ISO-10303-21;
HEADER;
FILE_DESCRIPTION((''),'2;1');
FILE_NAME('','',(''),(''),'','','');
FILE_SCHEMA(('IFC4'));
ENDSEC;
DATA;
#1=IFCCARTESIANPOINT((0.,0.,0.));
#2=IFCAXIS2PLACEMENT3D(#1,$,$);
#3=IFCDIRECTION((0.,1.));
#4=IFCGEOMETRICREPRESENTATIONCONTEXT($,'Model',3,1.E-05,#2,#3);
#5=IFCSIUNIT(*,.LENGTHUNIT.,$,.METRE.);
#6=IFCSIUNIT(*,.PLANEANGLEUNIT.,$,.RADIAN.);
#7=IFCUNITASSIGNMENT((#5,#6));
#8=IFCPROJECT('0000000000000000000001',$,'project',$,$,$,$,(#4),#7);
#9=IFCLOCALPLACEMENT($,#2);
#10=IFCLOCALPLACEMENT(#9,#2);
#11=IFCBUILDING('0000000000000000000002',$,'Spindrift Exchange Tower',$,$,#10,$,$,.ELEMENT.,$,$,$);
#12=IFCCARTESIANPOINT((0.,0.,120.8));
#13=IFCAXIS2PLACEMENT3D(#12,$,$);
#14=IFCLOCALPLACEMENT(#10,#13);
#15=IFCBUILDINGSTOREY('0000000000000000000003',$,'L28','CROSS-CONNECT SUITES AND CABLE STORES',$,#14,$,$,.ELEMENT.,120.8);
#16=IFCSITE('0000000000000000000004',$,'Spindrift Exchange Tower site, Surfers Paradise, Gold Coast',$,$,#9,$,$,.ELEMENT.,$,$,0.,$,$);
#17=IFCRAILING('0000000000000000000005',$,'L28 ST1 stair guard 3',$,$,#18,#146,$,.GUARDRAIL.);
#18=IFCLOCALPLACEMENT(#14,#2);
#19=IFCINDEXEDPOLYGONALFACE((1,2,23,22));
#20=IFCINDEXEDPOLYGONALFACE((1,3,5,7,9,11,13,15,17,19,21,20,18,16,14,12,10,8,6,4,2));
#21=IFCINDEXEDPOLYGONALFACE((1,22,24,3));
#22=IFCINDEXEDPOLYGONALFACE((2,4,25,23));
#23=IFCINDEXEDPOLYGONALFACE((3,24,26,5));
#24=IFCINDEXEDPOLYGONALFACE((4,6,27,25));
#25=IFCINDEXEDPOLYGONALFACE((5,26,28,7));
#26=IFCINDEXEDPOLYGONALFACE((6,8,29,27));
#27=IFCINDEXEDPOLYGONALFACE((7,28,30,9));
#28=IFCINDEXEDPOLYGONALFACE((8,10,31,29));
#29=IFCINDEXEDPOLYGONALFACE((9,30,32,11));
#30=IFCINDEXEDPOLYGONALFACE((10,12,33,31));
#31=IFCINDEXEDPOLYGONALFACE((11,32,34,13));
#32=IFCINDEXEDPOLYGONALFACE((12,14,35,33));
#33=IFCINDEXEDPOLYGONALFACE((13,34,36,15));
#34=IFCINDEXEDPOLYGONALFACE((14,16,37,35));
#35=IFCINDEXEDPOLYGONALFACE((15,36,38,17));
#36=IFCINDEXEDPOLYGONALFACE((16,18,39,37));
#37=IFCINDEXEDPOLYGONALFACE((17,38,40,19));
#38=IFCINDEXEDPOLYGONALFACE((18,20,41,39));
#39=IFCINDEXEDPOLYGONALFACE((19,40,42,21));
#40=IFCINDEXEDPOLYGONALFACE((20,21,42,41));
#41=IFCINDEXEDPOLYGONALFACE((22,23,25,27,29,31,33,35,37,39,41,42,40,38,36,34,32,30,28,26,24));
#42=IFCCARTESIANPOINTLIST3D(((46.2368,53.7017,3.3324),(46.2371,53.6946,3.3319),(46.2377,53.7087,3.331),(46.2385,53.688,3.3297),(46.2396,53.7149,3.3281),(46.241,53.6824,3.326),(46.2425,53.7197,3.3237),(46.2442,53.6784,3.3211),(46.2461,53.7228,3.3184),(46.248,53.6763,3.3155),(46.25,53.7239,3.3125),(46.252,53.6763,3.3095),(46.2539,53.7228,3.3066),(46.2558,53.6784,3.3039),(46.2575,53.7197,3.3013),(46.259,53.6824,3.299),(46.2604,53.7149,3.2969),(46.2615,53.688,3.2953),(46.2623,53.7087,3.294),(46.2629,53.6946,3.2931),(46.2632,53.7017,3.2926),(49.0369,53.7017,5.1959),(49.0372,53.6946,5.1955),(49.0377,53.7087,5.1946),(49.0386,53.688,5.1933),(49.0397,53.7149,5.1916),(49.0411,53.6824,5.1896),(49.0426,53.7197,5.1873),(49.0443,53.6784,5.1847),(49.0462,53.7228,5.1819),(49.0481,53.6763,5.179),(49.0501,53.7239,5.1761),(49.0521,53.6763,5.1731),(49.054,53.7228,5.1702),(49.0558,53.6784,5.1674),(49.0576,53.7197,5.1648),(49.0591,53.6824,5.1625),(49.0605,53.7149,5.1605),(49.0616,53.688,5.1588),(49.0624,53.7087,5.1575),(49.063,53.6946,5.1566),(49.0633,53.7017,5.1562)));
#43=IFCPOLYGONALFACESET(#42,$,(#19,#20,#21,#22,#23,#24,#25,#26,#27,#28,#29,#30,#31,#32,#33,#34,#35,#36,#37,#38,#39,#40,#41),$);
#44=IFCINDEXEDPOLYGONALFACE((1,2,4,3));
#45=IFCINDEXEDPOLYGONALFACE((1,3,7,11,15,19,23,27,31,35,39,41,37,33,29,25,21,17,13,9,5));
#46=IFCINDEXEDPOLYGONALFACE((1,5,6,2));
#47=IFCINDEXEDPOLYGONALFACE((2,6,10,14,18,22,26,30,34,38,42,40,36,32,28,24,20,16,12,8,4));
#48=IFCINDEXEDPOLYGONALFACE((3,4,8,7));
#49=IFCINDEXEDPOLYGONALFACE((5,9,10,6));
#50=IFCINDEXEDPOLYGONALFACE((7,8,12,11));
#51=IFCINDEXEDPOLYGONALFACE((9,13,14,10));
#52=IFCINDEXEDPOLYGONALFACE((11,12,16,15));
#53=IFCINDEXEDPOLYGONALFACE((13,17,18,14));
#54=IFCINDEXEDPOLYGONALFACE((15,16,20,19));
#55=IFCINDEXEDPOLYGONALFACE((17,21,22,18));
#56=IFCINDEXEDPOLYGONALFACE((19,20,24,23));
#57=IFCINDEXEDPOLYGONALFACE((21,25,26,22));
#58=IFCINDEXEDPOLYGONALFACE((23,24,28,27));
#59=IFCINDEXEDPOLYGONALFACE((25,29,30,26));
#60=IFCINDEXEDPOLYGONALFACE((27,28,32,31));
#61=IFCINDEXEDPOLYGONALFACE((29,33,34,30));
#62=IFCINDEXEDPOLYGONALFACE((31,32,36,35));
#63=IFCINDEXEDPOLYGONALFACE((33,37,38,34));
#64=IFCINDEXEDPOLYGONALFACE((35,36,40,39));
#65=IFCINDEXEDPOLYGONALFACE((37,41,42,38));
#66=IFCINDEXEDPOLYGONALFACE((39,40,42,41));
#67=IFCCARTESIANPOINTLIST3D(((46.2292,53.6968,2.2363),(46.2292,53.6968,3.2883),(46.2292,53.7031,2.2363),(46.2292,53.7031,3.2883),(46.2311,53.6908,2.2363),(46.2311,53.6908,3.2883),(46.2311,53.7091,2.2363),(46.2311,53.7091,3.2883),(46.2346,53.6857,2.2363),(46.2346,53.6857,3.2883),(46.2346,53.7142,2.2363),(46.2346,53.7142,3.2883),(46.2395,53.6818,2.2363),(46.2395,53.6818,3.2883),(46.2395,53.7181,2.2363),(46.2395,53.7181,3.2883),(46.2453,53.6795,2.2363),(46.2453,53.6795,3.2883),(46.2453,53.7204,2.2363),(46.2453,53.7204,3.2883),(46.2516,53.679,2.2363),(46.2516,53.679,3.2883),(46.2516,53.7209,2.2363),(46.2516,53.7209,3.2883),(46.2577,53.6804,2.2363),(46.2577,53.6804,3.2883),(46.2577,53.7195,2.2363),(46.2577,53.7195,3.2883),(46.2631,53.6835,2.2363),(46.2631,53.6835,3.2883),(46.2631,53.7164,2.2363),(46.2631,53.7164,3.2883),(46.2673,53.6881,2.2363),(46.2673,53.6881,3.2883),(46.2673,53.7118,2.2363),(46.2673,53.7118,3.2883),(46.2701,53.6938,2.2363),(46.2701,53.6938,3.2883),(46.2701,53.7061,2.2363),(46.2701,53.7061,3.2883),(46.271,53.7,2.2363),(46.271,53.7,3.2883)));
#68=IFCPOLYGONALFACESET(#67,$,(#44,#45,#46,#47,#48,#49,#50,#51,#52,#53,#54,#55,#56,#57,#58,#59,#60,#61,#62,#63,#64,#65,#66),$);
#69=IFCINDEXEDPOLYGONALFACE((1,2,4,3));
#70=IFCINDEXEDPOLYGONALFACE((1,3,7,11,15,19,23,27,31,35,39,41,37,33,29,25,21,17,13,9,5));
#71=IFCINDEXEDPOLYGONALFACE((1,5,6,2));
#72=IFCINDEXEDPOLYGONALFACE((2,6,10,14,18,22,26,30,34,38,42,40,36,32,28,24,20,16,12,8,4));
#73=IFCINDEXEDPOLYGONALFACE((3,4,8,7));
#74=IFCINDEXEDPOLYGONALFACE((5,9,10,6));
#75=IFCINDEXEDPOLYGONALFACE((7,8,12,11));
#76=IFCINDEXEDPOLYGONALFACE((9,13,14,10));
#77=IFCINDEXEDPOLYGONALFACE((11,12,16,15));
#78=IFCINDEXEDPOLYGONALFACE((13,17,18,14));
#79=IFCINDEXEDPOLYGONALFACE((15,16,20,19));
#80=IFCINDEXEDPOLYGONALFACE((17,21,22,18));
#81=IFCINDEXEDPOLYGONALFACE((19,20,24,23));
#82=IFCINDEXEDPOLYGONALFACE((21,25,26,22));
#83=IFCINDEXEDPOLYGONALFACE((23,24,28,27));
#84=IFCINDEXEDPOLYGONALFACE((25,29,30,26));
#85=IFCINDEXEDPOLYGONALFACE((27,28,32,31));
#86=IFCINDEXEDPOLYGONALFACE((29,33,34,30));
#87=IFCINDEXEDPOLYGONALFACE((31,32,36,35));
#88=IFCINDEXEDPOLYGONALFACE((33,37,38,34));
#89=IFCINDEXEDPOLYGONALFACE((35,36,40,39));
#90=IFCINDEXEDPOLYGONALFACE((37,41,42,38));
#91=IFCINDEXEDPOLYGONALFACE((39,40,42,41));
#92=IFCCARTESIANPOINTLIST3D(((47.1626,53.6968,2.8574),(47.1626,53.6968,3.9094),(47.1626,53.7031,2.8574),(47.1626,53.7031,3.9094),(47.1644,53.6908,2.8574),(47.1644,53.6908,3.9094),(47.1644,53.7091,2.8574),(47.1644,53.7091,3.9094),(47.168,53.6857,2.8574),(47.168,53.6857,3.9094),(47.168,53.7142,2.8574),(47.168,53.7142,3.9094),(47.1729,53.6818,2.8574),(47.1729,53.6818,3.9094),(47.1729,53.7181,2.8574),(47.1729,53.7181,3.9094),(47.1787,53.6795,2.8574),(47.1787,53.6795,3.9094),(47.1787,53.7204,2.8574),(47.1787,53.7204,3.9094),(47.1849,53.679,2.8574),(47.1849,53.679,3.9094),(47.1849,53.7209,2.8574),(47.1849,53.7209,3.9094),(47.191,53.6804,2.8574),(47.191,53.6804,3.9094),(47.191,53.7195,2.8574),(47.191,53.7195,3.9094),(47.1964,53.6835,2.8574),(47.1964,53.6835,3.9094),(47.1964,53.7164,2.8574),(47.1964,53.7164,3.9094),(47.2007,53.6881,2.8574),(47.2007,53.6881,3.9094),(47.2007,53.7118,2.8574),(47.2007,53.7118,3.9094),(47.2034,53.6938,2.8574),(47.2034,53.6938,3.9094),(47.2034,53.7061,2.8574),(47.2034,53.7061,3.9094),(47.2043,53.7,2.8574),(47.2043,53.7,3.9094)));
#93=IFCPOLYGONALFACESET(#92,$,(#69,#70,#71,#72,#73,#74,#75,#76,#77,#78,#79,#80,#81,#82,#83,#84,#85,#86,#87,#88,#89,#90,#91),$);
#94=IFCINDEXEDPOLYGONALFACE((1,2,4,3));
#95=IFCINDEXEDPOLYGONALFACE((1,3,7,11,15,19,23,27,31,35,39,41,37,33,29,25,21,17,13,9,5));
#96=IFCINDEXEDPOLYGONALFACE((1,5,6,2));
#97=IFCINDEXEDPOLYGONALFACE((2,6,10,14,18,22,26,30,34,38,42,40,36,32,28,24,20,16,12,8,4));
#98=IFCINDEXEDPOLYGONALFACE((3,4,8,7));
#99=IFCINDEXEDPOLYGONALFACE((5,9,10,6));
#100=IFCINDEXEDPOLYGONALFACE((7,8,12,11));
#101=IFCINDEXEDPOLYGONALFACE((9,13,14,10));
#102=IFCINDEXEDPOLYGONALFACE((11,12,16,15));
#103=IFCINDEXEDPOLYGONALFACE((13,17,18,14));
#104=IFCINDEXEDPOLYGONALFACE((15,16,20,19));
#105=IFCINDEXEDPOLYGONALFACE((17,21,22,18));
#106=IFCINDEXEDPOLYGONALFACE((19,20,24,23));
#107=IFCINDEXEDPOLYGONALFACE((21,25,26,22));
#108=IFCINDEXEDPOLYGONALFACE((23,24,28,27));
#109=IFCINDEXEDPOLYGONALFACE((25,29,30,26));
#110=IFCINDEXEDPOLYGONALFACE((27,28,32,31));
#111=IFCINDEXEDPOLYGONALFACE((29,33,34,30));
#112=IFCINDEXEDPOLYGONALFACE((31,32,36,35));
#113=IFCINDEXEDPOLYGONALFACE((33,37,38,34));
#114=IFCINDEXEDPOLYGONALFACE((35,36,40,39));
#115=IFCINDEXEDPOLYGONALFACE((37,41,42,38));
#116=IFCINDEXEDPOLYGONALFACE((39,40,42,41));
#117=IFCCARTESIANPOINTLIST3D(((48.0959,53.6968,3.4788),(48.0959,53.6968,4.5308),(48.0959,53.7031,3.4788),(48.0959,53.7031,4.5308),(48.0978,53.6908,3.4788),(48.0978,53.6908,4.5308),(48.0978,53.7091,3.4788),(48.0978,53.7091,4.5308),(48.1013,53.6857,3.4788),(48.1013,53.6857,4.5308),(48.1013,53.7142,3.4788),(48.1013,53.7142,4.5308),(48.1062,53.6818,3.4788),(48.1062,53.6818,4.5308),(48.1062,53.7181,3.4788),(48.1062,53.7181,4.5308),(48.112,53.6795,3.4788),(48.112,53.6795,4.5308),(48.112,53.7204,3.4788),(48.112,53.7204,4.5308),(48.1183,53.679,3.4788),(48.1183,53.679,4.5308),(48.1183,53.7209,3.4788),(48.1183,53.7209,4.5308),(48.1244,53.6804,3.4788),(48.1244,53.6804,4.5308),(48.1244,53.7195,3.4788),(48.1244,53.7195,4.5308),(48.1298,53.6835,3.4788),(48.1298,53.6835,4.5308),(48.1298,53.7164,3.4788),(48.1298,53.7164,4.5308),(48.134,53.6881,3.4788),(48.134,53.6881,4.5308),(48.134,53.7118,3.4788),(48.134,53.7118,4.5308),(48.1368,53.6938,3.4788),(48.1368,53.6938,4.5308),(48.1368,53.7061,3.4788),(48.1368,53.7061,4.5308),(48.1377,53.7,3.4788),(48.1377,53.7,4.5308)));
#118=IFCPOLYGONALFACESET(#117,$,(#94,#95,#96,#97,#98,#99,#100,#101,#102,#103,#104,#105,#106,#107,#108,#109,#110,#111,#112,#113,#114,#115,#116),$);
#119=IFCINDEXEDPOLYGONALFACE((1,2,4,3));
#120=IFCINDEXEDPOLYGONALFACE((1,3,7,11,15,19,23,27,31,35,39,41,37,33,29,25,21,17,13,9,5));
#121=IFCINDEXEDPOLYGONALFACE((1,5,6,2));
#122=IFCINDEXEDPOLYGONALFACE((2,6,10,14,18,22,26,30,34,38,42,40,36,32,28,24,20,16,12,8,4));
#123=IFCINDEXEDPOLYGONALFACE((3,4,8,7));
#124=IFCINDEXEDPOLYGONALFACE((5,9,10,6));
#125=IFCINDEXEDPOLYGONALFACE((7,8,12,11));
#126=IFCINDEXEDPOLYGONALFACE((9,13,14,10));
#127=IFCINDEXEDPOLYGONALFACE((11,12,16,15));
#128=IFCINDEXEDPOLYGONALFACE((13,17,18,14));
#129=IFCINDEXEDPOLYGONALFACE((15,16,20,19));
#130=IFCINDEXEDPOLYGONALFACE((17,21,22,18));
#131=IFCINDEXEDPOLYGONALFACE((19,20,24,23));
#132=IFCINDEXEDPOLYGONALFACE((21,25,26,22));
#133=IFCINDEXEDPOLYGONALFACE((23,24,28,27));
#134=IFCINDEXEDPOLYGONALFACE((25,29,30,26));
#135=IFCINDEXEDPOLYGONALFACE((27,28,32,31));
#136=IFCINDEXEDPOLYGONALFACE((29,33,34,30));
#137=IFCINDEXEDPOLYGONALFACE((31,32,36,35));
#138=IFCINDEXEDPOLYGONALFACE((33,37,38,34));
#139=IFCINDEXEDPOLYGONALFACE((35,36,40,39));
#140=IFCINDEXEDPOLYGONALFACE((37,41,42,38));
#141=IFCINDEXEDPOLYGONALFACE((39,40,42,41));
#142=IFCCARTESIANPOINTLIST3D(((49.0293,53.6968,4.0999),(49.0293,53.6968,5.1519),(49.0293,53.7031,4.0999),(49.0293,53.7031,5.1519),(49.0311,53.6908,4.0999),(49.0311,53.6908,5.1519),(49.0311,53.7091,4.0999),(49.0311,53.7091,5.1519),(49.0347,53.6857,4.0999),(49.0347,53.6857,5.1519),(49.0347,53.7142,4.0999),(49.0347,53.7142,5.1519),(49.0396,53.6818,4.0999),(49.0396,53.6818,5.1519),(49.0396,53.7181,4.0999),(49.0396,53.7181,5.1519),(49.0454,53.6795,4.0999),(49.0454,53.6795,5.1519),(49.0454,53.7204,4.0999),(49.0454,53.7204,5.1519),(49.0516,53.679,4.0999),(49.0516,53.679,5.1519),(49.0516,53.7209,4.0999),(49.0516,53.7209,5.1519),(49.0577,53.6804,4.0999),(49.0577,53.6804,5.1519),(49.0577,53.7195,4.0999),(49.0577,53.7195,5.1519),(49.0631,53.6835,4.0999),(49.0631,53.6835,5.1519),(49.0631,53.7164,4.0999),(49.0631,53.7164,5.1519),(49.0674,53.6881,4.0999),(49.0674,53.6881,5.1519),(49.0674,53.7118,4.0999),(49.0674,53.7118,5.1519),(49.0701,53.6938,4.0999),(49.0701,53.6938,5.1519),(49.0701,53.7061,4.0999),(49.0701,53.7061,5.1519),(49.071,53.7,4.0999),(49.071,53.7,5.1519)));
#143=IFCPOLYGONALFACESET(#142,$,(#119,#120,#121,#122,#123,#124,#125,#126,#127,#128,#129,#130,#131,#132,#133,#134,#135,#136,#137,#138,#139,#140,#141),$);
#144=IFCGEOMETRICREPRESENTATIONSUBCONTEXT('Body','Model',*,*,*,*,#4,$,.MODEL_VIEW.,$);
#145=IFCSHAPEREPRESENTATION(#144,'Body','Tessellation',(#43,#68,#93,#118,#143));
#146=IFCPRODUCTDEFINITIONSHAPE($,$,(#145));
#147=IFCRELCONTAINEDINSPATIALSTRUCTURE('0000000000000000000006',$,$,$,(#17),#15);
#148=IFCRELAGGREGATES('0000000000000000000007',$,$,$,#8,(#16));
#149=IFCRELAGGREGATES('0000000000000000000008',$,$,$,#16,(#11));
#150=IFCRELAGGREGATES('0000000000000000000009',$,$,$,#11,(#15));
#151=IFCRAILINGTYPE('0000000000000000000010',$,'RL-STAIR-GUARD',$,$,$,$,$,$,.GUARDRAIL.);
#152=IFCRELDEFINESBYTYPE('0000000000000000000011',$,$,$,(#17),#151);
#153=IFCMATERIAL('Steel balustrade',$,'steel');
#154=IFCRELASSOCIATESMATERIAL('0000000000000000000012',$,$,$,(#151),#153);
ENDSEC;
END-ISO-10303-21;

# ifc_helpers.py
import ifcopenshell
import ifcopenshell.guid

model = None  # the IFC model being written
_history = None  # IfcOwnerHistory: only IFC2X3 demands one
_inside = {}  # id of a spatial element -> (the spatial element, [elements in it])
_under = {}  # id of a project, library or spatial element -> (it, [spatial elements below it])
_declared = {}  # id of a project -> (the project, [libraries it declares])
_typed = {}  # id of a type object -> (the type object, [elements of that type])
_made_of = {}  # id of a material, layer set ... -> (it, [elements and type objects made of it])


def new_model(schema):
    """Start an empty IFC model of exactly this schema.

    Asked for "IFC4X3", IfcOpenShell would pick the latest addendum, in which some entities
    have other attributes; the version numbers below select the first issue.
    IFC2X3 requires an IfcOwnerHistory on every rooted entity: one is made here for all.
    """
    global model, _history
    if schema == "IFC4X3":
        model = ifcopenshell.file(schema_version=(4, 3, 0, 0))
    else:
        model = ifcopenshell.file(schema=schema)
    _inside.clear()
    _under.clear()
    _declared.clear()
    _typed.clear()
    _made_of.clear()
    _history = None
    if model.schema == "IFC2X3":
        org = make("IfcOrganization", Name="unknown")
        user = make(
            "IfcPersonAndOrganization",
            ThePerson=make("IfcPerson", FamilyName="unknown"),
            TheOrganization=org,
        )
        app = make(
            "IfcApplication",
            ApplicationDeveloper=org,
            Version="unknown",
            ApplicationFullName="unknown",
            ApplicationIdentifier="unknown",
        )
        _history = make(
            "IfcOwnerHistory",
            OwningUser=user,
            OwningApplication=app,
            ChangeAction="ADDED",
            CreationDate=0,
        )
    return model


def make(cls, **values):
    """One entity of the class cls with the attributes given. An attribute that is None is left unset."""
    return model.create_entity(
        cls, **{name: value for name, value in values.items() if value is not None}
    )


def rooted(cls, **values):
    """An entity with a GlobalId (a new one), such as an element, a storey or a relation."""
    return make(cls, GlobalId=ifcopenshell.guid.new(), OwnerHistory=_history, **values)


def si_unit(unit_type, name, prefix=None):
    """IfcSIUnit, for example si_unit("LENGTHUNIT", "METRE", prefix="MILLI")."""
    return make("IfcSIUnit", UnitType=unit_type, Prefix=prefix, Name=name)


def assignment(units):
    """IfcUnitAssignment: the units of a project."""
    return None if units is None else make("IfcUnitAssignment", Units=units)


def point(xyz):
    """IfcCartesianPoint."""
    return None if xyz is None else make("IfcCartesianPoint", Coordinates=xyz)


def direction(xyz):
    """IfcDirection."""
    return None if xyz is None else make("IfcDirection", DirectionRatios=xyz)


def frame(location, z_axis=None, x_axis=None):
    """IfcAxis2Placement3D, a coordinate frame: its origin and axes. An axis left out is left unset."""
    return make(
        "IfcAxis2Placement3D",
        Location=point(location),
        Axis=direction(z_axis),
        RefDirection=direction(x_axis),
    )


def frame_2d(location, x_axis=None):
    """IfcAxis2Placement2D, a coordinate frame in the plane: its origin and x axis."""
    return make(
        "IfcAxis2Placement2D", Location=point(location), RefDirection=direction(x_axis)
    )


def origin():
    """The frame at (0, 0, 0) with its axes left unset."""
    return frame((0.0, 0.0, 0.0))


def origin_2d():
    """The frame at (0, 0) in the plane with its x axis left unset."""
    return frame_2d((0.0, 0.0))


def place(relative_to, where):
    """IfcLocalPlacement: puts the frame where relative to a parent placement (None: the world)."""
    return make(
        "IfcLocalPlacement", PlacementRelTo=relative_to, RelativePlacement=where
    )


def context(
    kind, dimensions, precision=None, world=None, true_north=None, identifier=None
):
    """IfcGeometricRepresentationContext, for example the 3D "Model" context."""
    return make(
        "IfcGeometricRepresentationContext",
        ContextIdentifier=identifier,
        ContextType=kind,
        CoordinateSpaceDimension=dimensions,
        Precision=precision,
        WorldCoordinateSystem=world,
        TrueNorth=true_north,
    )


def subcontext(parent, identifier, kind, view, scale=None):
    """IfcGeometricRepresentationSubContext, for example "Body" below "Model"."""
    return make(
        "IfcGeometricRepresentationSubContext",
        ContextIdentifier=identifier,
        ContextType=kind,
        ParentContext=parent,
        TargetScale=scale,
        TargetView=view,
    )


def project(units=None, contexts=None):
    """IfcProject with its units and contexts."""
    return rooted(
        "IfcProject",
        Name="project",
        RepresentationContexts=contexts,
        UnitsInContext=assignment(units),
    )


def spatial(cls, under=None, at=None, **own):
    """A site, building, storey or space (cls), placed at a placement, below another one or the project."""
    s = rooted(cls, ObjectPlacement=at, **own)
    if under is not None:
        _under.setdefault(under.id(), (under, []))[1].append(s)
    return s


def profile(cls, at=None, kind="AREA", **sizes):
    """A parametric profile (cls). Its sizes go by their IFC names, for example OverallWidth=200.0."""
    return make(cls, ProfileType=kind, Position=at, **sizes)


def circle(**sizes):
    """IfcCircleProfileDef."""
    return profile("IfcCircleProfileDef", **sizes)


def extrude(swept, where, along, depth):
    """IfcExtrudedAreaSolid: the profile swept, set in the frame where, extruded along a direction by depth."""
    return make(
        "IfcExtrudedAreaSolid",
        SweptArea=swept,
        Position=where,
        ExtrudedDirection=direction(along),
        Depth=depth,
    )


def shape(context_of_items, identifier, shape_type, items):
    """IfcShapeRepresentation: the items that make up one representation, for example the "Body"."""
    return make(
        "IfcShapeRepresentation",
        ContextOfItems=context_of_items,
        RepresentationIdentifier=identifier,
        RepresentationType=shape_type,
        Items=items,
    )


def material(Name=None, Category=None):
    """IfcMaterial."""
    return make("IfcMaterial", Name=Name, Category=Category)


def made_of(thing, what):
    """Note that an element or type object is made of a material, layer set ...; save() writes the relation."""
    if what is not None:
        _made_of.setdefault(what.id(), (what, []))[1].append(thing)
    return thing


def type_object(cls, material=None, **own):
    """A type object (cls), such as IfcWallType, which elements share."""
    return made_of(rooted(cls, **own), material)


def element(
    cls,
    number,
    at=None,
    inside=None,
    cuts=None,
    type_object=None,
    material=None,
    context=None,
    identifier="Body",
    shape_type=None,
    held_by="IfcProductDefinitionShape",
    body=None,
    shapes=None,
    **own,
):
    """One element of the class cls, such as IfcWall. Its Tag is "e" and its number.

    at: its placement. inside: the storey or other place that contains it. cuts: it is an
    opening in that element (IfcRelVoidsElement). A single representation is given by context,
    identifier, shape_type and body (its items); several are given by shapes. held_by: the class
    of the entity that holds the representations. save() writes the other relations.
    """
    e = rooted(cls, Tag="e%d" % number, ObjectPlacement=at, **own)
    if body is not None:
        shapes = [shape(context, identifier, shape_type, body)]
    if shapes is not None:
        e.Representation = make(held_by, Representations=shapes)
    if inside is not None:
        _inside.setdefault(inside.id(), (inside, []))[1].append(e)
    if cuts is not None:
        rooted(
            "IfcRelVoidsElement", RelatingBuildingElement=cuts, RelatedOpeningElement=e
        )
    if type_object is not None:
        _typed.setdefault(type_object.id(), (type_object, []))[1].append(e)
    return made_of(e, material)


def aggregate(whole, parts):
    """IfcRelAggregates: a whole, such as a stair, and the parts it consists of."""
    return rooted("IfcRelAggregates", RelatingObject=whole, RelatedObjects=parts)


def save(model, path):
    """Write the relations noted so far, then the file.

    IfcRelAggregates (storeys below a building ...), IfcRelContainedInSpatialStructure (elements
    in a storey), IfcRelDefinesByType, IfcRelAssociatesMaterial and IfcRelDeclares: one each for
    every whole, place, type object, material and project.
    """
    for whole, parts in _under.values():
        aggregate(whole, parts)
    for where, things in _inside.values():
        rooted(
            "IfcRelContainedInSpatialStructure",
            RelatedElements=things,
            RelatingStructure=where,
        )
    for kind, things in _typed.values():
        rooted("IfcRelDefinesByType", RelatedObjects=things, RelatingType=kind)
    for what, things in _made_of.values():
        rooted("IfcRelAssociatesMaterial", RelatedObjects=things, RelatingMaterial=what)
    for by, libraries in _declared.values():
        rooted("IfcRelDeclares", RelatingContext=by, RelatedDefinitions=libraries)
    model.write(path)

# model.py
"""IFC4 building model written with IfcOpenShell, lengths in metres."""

from ifc_helpers import new_model, si_unit, direction, frame, origin, origin_2d, place, context, subcontext, project, spatial, circle, extrude, material, type_object, element, save


model = new_model("IFC4")

# Units and contexts
model_context = context("Model", 3, precision=1e-05, world=origin(), true_north=direction((0.0, 1.0)))
body_context = subcontext(model_context, "Body", "Model", "MODEL_VIEW")
ifc_project = project(units=[si_unit("LENGTHUNIT", "METRE"), si_unit("PLANEANGLEUNIT", "RADIAN")], contexts=[model_context])

# Site, building, storey
site_placement = place(None, origin())
site = spatial("IfcSite", under=ifc_project, at=site_placement, Name="Spindrift Exchange Tower site, Surfers Paradise, Gold Coast", CompositionType="ELEMENT", RefElevation=0.0)
building_placement = place(site_placement, origin())
building = spatial("IfcBuilding", under=site, at=building_placement, Name="Spindrift Exchange Tower", CompositionType="ELEMENT")
storey_placement = place(building_placement, frame((0.0, 0.0, 120.8)))
storey = spatial("IfcBuildingStorey", under=building, at=storey_placement, Name="L28", Description="CROSS-CONNECT SUITES AND CABLE STORES", CompositionType="ELEMENT", Elevation=120.8)

# Railing
ifc_material_1 = material(Name="Steel balustrade", Category="steel")
railing_type_1 = type_object("IfcRailingType", Name="RL-STAIR-GUARD", PredefinedType="GUARDRAIL", material=ifc_material_1)
railing_1_placement = place(storey_placement, frame((46.25, 53.7, 2.2363)))
element("IfcRailing", 1, at=railing_1_placement, inside=storey, type_object=railing_type_1, Name="L28 ST1 stair guard 3", PredefinedType="GUARDRAIL", context=body_context, shape_type="SweptSolid", body=[
    extrude(circle(Radius=0.0239, at=origin_2d()), frame((0.0, 0.0, 1.0762), z_axis=(0.832486, 0.0, 0.554047), x_axis=(0.0, 1.0, 0.0)), (0.0, 0.0, 1.0), 3.3635),
    extrude(circle(Radius=0.021, at=origin_2d()), origin(), (0.0, 0.0, 1.0), 1.052),
    extrude(circle(Radius=0.021, at=origin_2d()), frame((0.9333, 0.0, 0.6211)), (0.0, 0.0, 1.0), 1.052),
    extrude(circle(Radius=0.021, at=origin_2d()), frame((1.8667, 0.0, 1.2424)), (0.0, 0.0, 1.0), 1.052),
    extrude(circle(Radius=0.021, at=origin_2d()), frame((2.8, 0.0, 1.8635)), (0.0, 0.0, 1.0), 1.052),
])

save(model, "model.ifc")
